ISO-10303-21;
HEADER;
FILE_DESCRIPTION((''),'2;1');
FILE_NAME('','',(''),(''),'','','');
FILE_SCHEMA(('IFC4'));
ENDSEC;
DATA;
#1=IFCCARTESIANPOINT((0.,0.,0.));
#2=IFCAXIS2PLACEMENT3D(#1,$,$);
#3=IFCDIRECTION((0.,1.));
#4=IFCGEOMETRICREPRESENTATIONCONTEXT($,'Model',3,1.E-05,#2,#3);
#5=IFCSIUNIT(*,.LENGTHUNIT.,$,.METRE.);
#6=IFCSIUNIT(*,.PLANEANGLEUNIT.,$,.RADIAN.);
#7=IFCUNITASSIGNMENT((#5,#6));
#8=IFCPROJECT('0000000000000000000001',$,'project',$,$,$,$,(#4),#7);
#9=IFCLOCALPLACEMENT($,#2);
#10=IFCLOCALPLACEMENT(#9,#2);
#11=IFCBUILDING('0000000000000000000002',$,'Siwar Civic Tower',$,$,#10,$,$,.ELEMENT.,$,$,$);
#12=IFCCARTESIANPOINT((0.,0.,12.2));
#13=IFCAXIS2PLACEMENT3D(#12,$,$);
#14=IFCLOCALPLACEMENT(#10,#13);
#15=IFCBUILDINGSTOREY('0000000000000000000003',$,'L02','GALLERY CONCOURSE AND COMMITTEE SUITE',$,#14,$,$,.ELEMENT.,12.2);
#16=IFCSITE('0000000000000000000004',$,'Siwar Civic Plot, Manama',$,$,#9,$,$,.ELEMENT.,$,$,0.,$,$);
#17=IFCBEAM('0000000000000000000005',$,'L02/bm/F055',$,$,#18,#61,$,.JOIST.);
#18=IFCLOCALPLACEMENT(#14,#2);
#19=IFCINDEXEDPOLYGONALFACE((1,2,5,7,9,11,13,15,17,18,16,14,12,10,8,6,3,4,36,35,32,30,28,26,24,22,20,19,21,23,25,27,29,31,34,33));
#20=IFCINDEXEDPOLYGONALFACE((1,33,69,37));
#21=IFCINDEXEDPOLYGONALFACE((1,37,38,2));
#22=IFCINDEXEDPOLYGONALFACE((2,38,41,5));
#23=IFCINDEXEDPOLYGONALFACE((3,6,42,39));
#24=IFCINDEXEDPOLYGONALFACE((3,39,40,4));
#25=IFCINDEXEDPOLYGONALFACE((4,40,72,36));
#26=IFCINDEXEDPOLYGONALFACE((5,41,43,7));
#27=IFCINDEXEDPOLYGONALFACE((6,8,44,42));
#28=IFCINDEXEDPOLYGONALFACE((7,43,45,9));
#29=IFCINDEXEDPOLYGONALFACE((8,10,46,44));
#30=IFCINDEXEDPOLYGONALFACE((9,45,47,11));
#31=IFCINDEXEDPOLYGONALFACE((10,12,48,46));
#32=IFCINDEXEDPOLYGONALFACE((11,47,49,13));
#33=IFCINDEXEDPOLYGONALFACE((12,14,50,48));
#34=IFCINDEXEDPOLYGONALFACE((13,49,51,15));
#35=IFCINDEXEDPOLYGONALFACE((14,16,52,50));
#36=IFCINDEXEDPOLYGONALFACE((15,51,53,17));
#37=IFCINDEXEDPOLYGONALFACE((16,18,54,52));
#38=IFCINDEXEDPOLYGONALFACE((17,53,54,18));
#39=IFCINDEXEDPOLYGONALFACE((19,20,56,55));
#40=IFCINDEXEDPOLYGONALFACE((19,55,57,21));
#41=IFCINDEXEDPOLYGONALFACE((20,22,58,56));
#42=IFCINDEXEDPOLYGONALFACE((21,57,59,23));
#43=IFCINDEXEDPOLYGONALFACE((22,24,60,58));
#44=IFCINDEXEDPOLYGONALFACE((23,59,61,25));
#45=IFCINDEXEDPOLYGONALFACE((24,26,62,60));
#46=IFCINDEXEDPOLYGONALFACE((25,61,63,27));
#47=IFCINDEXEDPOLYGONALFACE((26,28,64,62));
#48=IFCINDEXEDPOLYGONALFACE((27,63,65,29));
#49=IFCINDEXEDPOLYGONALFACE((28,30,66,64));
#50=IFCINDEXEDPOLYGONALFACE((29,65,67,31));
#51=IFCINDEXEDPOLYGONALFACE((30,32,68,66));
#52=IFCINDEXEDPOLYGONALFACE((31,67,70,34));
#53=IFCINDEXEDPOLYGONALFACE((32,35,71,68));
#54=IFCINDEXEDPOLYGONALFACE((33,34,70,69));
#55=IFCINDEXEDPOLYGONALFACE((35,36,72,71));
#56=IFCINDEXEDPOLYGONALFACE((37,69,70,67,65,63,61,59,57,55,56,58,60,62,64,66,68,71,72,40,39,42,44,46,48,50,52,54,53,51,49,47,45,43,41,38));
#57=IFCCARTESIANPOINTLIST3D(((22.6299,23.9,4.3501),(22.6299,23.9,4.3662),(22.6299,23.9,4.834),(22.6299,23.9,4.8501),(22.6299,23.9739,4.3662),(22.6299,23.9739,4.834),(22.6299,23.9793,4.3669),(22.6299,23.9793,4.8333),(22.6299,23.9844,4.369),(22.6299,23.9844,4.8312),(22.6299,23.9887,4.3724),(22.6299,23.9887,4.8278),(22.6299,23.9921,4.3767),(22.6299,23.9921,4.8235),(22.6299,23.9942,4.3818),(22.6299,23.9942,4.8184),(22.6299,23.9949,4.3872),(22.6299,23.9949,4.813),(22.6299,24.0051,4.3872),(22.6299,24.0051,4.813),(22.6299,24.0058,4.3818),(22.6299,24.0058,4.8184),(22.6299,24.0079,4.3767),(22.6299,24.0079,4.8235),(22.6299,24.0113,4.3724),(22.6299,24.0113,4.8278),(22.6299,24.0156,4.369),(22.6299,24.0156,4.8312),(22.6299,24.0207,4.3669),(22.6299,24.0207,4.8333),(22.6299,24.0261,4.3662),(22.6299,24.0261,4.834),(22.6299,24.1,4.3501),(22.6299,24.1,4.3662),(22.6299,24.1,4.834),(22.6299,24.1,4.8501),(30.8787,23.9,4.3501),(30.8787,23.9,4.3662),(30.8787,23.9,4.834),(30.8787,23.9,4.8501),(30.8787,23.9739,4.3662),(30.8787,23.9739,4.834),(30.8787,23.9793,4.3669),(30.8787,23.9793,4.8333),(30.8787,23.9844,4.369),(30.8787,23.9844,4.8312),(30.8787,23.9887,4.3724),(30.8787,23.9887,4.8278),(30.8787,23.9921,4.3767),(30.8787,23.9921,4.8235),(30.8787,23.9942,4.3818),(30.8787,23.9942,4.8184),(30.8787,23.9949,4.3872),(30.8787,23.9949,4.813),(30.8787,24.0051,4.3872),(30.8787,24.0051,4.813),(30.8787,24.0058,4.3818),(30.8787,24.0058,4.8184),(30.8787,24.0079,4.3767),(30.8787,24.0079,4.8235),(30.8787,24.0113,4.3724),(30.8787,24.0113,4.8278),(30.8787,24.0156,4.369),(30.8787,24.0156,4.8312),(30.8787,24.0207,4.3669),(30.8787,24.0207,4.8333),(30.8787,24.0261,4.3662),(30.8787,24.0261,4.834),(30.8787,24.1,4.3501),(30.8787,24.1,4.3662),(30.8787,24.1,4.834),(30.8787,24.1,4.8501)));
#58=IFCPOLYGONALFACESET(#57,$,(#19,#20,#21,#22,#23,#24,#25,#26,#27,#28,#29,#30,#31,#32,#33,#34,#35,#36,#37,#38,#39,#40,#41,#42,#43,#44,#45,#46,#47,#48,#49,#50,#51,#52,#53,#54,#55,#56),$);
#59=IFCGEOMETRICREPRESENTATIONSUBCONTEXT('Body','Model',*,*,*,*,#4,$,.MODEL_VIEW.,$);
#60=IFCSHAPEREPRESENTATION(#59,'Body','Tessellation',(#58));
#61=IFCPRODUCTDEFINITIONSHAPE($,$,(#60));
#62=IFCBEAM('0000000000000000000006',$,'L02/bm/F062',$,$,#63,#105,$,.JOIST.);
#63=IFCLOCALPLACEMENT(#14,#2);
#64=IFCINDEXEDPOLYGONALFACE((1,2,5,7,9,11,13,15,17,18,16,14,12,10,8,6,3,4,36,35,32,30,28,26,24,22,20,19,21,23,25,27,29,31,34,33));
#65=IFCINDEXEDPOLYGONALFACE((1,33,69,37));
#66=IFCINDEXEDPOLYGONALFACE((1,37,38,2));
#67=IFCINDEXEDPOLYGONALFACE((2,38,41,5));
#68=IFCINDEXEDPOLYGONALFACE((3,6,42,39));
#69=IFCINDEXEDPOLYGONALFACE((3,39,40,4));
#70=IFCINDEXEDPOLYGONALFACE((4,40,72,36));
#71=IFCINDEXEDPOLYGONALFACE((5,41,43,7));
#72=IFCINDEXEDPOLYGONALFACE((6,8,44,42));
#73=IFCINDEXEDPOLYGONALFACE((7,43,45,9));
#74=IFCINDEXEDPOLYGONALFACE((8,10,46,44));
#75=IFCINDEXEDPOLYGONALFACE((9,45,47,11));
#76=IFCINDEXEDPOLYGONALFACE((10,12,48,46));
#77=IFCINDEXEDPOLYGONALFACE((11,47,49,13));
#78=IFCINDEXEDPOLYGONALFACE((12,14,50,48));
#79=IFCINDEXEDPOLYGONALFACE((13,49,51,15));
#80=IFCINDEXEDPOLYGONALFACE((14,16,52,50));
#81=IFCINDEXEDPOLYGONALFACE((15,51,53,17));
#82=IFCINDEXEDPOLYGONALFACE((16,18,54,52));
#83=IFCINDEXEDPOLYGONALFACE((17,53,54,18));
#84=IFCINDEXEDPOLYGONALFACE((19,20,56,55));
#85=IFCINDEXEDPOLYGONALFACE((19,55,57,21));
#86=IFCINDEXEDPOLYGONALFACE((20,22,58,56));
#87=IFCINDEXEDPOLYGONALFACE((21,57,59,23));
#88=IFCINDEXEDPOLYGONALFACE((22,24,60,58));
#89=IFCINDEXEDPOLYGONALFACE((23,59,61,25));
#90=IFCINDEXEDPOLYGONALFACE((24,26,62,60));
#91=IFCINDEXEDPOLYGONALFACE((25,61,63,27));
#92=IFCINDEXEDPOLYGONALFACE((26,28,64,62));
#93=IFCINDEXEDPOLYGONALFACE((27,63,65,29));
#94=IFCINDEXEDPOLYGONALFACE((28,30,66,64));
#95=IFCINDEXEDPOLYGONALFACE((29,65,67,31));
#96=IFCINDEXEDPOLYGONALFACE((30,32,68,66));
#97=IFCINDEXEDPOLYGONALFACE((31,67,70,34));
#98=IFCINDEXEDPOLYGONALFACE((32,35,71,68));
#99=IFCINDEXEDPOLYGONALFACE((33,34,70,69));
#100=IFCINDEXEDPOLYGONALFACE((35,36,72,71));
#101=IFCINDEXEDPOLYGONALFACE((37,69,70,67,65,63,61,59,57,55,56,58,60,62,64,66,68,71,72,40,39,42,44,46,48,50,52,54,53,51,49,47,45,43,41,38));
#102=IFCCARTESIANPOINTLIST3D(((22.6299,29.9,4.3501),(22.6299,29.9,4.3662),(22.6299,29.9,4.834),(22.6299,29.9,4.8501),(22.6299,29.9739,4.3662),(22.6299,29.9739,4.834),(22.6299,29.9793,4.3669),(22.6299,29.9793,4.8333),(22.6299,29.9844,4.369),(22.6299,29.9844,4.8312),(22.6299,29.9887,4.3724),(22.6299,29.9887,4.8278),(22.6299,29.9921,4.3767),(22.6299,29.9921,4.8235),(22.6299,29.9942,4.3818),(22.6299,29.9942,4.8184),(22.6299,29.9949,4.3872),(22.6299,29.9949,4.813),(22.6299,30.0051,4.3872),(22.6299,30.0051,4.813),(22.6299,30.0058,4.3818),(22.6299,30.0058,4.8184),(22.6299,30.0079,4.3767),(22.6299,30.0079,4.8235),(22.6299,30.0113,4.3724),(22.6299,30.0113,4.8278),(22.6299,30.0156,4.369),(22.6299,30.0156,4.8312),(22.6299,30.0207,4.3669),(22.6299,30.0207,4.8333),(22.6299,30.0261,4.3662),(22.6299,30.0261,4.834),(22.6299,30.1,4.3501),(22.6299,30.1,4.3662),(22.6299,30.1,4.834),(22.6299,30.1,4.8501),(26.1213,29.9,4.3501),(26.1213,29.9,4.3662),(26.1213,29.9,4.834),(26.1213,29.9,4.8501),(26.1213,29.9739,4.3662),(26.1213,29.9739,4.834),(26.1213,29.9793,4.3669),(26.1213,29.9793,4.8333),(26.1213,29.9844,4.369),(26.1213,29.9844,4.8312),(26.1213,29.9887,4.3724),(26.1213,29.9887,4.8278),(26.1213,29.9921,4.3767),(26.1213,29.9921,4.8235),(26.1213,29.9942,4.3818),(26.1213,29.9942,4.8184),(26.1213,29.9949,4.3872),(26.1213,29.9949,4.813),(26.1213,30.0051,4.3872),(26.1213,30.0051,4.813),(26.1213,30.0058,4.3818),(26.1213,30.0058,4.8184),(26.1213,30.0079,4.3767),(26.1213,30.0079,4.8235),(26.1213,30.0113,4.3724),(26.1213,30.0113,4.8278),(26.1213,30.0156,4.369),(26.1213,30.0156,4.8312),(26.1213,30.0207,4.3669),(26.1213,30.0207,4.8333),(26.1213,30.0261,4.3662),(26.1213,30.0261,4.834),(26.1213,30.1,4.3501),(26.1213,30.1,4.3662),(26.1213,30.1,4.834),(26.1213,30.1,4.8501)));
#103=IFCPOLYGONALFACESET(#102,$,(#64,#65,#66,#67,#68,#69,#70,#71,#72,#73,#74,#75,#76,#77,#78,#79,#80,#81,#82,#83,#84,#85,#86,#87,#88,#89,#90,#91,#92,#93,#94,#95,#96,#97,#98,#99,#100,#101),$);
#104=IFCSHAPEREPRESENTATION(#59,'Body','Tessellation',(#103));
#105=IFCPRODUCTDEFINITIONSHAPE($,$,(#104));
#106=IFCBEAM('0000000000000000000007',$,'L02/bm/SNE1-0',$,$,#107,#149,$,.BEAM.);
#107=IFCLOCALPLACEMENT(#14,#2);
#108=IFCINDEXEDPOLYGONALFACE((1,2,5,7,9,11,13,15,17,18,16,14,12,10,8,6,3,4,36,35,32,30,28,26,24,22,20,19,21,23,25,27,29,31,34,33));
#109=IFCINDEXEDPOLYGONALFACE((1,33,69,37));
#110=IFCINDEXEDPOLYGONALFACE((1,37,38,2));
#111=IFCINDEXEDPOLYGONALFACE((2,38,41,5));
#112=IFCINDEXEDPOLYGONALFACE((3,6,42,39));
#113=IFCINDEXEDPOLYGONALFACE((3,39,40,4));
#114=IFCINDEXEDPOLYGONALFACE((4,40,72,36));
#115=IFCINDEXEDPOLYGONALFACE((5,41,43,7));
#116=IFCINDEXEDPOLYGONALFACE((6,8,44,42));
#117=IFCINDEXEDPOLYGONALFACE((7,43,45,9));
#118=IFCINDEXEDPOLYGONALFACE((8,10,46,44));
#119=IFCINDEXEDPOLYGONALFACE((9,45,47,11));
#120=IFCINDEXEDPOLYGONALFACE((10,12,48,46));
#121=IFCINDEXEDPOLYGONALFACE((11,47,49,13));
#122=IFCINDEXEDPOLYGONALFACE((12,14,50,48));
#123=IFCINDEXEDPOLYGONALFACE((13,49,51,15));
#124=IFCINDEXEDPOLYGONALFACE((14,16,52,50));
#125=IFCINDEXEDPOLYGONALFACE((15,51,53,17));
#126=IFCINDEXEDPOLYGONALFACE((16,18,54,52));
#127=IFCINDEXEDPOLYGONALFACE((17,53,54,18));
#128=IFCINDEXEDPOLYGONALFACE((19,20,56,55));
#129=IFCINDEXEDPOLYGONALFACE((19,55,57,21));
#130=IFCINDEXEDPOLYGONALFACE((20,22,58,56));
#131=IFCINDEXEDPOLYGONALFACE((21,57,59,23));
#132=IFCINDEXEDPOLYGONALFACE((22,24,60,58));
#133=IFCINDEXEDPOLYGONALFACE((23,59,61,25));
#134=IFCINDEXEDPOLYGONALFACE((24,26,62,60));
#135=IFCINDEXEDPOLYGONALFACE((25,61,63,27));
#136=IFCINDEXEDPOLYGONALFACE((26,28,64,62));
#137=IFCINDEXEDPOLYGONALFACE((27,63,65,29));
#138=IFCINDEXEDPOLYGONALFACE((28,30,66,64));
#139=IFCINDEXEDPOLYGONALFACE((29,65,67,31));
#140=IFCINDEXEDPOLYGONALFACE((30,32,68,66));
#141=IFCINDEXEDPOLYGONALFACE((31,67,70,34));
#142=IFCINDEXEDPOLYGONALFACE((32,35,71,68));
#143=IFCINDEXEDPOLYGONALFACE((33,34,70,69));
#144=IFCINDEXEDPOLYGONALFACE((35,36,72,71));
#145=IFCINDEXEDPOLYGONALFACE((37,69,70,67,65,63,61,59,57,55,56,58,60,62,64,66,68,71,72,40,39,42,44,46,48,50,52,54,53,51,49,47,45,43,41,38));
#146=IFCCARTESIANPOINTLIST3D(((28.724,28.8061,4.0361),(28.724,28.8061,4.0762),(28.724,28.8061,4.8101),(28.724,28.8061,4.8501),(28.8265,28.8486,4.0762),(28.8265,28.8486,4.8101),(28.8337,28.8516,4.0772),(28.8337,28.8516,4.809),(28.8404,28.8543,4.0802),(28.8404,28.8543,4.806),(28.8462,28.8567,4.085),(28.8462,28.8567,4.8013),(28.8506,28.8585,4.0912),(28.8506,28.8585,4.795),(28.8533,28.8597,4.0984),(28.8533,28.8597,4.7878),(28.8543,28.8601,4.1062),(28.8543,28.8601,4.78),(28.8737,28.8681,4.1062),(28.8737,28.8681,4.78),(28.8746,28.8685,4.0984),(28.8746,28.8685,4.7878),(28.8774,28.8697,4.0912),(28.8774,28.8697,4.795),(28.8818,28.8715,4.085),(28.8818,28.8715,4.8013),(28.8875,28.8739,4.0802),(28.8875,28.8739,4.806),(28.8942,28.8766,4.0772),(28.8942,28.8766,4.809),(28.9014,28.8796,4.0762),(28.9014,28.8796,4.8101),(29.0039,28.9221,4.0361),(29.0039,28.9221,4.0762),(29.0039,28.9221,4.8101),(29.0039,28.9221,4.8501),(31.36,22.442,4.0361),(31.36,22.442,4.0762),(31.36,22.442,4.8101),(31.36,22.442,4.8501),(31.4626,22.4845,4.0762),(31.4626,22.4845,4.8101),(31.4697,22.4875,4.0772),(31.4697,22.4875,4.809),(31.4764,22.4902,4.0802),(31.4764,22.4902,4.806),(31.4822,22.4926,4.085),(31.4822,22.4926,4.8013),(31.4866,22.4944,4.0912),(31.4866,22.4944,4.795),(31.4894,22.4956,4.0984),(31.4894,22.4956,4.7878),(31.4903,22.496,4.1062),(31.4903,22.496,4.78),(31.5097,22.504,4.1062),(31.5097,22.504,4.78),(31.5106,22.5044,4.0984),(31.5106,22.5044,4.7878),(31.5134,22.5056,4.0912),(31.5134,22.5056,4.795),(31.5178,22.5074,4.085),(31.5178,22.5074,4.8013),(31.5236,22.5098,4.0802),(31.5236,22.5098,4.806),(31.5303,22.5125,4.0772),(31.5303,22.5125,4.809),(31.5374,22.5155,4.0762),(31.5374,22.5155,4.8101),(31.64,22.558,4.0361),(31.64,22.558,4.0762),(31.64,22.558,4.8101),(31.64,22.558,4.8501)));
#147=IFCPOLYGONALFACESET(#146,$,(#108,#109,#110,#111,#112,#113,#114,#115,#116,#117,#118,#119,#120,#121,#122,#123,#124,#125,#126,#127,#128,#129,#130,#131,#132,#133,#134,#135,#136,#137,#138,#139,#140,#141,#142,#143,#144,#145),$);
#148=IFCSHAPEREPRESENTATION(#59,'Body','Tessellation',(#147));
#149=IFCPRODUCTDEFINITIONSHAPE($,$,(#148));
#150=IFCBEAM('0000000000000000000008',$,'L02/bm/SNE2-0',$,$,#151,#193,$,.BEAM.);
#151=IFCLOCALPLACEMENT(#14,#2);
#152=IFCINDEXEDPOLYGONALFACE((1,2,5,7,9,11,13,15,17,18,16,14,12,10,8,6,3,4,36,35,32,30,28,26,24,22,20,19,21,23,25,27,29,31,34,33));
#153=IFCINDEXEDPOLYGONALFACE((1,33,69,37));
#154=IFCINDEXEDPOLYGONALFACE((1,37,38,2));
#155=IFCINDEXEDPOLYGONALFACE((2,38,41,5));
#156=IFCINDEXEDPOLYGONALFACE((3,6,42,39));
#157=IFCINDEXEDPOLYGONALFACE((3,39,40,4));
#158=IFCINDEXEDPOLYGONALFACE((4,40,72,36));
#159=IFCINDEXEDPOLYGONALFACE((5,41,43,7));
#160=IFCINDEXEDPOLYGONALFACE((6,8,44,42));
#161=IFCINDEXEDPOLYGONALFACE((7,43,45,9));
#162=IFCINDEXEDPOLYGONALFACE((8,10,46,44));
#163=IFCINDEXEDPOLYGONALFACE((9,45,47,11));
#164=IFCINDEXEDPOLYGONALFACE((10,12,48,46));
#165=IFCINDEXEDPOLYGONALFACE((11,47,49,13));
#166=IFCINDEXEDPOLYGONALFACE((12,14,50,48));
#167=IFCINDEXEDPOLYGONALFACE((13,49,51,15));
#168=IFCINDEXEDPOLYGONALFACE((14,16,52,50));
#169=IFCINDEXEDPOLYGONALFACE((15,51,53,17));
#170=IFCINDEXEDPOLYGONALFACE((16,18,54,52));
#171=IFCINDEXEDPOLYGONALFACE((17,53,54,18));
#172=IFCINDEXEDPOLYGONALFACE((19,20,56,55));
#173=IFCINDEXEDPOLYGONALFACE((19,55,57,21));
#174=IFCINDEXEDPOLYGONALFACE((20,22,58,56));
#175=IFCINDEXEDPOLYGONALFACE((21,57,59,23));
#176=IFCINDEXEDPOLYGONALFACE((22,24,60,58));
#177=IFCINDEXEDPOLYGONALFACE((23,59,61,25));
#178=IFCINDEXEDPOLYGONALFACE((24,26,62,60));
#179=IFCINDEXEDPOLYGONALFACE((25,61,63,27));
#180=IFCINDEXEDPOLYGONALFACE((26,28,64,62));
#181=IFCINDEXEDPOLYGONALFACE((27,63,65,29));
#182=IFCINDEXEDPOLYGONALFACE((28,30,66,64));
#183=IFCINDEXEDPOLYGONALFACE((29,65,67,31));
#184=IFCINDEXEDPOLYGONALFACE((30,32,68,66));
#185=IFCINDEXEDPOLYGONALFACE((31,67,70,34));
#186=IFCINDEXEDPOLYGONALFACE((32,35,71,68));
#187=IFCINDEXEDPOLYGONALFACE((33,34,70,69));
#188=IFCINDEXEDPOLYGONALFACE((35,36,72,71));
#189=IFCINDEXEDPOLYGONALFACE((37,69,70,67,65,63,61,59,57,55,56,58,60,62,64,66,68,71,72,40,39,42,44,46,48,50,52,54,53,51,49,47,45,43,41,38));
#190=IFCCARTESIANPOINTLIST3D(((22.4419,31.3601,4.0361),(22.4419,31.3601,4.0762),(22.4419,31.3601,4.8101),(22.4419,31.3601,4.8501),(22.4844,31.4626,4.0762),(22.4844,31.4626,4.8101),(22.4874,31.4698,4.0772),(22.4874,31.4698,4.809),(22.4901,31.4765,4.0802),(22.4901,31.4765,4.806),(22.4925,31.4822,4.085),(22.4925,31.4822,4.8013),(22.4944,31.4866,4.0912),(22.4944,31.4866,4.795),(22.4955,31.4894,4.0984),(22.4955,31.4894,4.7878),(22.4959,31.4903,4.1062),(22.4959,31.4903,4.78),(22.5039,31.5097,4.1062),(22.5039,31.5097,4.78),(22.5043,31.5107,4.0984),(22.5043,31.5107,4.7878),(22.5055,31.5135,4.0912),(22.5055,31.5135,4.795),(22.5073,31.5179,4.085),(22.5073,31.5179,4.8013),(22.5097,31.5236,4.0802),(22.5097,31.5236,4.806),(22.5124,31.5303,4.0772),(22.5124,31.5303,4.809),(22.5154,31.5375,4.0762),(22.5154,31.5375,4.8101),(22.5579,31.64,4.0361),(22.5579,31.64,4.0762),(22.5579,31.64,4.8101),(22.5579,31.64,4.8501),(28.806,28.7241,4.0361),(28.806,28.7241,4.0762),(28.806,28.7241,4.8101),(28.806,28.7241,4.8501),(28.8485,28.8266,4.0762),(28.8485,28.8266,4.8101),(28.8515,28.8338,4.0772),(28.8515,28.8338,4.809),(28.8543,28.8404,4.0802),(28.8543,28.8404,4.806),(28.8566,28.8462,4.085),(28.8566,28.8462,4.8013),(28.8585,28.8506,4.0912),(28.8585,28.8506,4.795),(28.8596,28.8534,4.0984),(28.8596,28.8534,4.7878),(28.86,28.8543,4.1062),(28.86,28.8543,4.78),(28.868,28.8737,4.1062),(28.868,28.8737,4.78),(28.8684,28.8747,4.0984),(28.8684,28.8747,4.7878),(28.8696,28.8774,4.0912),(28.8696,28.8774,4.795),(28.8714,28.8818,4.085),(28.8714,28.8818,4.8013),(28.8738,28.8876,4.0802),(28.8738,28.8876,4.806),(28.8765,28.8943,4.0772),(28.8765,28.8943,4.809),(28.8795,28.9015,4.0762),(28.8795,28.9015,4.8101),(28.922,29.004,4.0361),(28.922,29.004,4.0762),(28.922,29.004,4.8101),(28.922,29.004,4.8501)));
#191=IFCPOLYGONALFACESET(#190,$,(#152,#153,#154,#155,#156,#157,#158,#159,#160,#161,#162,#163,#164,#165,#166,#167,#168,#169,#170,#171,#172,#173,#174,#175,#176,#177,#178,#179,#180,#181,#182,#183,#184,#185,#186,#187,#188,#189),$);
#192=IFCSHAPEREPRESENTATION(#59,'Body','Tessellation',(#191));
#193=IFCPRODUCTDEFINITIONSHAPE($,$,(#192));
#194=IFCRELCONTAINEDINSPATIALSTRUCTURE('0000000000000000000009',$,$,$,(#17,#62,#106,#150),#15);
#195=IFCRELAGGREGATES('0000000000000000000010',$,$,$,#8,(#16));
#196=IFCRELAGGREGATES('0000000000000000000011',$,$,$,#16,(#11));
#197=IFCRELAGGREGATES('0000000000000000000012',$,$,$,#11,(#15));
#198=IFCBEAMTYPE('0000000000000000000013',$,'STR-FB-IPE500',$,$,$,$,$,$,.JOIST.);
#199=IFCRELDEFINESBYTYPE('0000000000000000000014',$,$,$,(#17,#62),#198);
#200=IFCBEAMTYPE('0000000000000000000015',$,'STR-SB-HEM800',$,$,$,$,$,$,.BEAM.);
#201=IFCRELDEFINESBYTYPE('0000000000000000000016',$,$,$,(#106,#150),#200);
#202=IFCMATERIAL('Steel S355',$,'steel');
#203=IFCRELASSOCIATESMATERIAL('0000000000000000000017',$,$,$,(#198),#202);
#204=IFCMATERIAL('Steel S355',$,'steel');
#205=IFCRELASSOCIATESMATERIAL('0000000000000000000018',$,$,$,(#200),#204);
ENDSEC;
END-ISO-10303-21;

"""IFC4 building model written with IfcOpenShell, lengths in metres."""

from ifc_helpers import new_model, si_unit, direction, frame, origin, origin_2d, place, context, subcontext, project, spatial, i_section, extrude, material, material_profile, profile_set, type_object, element, save


model = new_model("IFC4")

# Units and contexts
model_context = context("Model", 3, precision=1e-05, world=origin(), true_north=direction((0.0, 1.0)))
body_context = subcontext(model_context, "Body", "Model", "MODEL_VIEW")
ifc_project = project(units=[si_unit("LENGTHUNIT", "METRE"), si_unit("PLANEANGLEUNIT", "RADIAN")], contexts=[model_context])

# Site, building, storey
site_placement = place(None, origin())
site = spatial("IfcSite", under=ifc_project, at=site_placement, Name="Siwar Civic Plot, Manama", CompositionType="ELEMENT", RefElevation=0.0)
building_placement = place(site_placement, origin())
building = spatial("IfcBuilding", under=site, at=building_placement, Name="Siwar Civic Tower", CompositionType="ELEMENT")
storey_placement = place(building_placement, frame((0.0, 0.0, 12.2)))
storey = spatial("IfcBuildingStorey", under=building, at=storey_placement, Name="L02", Description="GALLERY CONCOURSE AND COMMITTEE SUITE", CompositionType="ELEMENT", Elevation=12.2)

# Beams
ifc_material_1 = material(Name="Steel S355", Category="steel")
ifc_material_profile_1 = material_profile(ifc_material_1, i_section(OverallWidth=0.2, OverallDepth=0.5, WebThickness=0.0103, FlangeThickness=0.0161, FilletRadius=0.021, at=origin_2d()), Name="IPE500")
ifc_profile_set_1 = profile_set([ifc_material_profile_1], Name="Steel S355")
beam_type_1 = type_object("IfcBeamType", Name="STR-FB-IPE500", PredefinedType="JOIST", material=ifc_profile_set_1)
beam_1_placement = place(storey_placement, frame((22.6299, 24.0, 4.6001), z_axis=(1.0, 0.0, 0.0), x_axis=(0.0, 1.0, 0.0)))
element("IfcBeam", 1, at=beam_1_placement, inside=storey, type_object=beam_type_1, Name="L02/bm/F055", PredefinedType="JOIST", context=body_context, shape_type="SweptSolid", body=[
    extrude(i_section(OverallWidth=0.2, OverallDepth=0.5, WebThickness=0.0103, FlangeThickness=0.0161, FilletRadius=0.021, at=origin_2d()), origin(), (0.0, 0.0, 1.0), 8.2488),
])
beam_2_placement = place(storey_placement, frame((22.6299, 30.0, 4.6001), z_axis=(1.0, 0.0, 0.0), x_axis=(0.0, 1.0, 0.0)))
element("IfcBeam", 2, at=beam_2_placement, inside=storey, type_object=beam_type_1, Name="L02/bm/F062", PredefinedType="JOIST", context=body_context, shape_type="SweptSolid", body=[
    extrude(i_section(OverallWidth=0.2, OverallDepth=0.5, WebThickness=0.0103, FlangeThickness=0.0161, FilletRadius=0.021, at=origin_2d()), origin(), (0.0, 0.0, 1.0), 3.4915),
])
ifc_material_2 = material(Name="Steel S355", Category="steel")
ifc_material_profile_2 = material_profile(ifc_material_2, i_section(OverallWidth=0.303, OverallDepth=0.814, WebThickness=0.021, FlangeThickness=0.04, FilletRadius=0.03, at=origin_2d()), Name="HEM800")
ifc_profile_set_2 = profile_set([ifc_material_profile_2], Name="Steel S355")
beam_type_2 = type_object("IfcBeamType", Name="STR-SB-HEM800", PredefinedType="BEAM", material=ifc_profile_set_2)
for number, where, z_axis, x_axis, name in (
    (3, (31.5, 22.5, 4.4431), (-0.382674, 0.923883, 0.0), (-0.923883, -0.382674, 0.0), "L02/bm/SNE1-0"),
    (4, (28.864, 28.864, 4.4431), (-0.923883, 0.382674, 0.0), (-0.382674, -0.923883, 0.0), "L02/bm/SNE2-0"),
):
    element("IfcBeam", number, at=place(storey_placement, frame(where, z_axis=z_axis, x_axis=x_axis)), inside=storey, type_object=beam_type_2, Name=name, PredefinedType="BEAM", context=body_context, shape_type="SweptSolid", body=[
        extrude(i_section(OverallWidth=0.303, OverallDepth=0.814, WebThickness=0.021, FlangeThickness=0.04, FilletRadius=0.03, at=origin_2d()), origin(), (0.0, 0.0, 1.0), 6.8884),
    ])

save(model, "model.ifc")
